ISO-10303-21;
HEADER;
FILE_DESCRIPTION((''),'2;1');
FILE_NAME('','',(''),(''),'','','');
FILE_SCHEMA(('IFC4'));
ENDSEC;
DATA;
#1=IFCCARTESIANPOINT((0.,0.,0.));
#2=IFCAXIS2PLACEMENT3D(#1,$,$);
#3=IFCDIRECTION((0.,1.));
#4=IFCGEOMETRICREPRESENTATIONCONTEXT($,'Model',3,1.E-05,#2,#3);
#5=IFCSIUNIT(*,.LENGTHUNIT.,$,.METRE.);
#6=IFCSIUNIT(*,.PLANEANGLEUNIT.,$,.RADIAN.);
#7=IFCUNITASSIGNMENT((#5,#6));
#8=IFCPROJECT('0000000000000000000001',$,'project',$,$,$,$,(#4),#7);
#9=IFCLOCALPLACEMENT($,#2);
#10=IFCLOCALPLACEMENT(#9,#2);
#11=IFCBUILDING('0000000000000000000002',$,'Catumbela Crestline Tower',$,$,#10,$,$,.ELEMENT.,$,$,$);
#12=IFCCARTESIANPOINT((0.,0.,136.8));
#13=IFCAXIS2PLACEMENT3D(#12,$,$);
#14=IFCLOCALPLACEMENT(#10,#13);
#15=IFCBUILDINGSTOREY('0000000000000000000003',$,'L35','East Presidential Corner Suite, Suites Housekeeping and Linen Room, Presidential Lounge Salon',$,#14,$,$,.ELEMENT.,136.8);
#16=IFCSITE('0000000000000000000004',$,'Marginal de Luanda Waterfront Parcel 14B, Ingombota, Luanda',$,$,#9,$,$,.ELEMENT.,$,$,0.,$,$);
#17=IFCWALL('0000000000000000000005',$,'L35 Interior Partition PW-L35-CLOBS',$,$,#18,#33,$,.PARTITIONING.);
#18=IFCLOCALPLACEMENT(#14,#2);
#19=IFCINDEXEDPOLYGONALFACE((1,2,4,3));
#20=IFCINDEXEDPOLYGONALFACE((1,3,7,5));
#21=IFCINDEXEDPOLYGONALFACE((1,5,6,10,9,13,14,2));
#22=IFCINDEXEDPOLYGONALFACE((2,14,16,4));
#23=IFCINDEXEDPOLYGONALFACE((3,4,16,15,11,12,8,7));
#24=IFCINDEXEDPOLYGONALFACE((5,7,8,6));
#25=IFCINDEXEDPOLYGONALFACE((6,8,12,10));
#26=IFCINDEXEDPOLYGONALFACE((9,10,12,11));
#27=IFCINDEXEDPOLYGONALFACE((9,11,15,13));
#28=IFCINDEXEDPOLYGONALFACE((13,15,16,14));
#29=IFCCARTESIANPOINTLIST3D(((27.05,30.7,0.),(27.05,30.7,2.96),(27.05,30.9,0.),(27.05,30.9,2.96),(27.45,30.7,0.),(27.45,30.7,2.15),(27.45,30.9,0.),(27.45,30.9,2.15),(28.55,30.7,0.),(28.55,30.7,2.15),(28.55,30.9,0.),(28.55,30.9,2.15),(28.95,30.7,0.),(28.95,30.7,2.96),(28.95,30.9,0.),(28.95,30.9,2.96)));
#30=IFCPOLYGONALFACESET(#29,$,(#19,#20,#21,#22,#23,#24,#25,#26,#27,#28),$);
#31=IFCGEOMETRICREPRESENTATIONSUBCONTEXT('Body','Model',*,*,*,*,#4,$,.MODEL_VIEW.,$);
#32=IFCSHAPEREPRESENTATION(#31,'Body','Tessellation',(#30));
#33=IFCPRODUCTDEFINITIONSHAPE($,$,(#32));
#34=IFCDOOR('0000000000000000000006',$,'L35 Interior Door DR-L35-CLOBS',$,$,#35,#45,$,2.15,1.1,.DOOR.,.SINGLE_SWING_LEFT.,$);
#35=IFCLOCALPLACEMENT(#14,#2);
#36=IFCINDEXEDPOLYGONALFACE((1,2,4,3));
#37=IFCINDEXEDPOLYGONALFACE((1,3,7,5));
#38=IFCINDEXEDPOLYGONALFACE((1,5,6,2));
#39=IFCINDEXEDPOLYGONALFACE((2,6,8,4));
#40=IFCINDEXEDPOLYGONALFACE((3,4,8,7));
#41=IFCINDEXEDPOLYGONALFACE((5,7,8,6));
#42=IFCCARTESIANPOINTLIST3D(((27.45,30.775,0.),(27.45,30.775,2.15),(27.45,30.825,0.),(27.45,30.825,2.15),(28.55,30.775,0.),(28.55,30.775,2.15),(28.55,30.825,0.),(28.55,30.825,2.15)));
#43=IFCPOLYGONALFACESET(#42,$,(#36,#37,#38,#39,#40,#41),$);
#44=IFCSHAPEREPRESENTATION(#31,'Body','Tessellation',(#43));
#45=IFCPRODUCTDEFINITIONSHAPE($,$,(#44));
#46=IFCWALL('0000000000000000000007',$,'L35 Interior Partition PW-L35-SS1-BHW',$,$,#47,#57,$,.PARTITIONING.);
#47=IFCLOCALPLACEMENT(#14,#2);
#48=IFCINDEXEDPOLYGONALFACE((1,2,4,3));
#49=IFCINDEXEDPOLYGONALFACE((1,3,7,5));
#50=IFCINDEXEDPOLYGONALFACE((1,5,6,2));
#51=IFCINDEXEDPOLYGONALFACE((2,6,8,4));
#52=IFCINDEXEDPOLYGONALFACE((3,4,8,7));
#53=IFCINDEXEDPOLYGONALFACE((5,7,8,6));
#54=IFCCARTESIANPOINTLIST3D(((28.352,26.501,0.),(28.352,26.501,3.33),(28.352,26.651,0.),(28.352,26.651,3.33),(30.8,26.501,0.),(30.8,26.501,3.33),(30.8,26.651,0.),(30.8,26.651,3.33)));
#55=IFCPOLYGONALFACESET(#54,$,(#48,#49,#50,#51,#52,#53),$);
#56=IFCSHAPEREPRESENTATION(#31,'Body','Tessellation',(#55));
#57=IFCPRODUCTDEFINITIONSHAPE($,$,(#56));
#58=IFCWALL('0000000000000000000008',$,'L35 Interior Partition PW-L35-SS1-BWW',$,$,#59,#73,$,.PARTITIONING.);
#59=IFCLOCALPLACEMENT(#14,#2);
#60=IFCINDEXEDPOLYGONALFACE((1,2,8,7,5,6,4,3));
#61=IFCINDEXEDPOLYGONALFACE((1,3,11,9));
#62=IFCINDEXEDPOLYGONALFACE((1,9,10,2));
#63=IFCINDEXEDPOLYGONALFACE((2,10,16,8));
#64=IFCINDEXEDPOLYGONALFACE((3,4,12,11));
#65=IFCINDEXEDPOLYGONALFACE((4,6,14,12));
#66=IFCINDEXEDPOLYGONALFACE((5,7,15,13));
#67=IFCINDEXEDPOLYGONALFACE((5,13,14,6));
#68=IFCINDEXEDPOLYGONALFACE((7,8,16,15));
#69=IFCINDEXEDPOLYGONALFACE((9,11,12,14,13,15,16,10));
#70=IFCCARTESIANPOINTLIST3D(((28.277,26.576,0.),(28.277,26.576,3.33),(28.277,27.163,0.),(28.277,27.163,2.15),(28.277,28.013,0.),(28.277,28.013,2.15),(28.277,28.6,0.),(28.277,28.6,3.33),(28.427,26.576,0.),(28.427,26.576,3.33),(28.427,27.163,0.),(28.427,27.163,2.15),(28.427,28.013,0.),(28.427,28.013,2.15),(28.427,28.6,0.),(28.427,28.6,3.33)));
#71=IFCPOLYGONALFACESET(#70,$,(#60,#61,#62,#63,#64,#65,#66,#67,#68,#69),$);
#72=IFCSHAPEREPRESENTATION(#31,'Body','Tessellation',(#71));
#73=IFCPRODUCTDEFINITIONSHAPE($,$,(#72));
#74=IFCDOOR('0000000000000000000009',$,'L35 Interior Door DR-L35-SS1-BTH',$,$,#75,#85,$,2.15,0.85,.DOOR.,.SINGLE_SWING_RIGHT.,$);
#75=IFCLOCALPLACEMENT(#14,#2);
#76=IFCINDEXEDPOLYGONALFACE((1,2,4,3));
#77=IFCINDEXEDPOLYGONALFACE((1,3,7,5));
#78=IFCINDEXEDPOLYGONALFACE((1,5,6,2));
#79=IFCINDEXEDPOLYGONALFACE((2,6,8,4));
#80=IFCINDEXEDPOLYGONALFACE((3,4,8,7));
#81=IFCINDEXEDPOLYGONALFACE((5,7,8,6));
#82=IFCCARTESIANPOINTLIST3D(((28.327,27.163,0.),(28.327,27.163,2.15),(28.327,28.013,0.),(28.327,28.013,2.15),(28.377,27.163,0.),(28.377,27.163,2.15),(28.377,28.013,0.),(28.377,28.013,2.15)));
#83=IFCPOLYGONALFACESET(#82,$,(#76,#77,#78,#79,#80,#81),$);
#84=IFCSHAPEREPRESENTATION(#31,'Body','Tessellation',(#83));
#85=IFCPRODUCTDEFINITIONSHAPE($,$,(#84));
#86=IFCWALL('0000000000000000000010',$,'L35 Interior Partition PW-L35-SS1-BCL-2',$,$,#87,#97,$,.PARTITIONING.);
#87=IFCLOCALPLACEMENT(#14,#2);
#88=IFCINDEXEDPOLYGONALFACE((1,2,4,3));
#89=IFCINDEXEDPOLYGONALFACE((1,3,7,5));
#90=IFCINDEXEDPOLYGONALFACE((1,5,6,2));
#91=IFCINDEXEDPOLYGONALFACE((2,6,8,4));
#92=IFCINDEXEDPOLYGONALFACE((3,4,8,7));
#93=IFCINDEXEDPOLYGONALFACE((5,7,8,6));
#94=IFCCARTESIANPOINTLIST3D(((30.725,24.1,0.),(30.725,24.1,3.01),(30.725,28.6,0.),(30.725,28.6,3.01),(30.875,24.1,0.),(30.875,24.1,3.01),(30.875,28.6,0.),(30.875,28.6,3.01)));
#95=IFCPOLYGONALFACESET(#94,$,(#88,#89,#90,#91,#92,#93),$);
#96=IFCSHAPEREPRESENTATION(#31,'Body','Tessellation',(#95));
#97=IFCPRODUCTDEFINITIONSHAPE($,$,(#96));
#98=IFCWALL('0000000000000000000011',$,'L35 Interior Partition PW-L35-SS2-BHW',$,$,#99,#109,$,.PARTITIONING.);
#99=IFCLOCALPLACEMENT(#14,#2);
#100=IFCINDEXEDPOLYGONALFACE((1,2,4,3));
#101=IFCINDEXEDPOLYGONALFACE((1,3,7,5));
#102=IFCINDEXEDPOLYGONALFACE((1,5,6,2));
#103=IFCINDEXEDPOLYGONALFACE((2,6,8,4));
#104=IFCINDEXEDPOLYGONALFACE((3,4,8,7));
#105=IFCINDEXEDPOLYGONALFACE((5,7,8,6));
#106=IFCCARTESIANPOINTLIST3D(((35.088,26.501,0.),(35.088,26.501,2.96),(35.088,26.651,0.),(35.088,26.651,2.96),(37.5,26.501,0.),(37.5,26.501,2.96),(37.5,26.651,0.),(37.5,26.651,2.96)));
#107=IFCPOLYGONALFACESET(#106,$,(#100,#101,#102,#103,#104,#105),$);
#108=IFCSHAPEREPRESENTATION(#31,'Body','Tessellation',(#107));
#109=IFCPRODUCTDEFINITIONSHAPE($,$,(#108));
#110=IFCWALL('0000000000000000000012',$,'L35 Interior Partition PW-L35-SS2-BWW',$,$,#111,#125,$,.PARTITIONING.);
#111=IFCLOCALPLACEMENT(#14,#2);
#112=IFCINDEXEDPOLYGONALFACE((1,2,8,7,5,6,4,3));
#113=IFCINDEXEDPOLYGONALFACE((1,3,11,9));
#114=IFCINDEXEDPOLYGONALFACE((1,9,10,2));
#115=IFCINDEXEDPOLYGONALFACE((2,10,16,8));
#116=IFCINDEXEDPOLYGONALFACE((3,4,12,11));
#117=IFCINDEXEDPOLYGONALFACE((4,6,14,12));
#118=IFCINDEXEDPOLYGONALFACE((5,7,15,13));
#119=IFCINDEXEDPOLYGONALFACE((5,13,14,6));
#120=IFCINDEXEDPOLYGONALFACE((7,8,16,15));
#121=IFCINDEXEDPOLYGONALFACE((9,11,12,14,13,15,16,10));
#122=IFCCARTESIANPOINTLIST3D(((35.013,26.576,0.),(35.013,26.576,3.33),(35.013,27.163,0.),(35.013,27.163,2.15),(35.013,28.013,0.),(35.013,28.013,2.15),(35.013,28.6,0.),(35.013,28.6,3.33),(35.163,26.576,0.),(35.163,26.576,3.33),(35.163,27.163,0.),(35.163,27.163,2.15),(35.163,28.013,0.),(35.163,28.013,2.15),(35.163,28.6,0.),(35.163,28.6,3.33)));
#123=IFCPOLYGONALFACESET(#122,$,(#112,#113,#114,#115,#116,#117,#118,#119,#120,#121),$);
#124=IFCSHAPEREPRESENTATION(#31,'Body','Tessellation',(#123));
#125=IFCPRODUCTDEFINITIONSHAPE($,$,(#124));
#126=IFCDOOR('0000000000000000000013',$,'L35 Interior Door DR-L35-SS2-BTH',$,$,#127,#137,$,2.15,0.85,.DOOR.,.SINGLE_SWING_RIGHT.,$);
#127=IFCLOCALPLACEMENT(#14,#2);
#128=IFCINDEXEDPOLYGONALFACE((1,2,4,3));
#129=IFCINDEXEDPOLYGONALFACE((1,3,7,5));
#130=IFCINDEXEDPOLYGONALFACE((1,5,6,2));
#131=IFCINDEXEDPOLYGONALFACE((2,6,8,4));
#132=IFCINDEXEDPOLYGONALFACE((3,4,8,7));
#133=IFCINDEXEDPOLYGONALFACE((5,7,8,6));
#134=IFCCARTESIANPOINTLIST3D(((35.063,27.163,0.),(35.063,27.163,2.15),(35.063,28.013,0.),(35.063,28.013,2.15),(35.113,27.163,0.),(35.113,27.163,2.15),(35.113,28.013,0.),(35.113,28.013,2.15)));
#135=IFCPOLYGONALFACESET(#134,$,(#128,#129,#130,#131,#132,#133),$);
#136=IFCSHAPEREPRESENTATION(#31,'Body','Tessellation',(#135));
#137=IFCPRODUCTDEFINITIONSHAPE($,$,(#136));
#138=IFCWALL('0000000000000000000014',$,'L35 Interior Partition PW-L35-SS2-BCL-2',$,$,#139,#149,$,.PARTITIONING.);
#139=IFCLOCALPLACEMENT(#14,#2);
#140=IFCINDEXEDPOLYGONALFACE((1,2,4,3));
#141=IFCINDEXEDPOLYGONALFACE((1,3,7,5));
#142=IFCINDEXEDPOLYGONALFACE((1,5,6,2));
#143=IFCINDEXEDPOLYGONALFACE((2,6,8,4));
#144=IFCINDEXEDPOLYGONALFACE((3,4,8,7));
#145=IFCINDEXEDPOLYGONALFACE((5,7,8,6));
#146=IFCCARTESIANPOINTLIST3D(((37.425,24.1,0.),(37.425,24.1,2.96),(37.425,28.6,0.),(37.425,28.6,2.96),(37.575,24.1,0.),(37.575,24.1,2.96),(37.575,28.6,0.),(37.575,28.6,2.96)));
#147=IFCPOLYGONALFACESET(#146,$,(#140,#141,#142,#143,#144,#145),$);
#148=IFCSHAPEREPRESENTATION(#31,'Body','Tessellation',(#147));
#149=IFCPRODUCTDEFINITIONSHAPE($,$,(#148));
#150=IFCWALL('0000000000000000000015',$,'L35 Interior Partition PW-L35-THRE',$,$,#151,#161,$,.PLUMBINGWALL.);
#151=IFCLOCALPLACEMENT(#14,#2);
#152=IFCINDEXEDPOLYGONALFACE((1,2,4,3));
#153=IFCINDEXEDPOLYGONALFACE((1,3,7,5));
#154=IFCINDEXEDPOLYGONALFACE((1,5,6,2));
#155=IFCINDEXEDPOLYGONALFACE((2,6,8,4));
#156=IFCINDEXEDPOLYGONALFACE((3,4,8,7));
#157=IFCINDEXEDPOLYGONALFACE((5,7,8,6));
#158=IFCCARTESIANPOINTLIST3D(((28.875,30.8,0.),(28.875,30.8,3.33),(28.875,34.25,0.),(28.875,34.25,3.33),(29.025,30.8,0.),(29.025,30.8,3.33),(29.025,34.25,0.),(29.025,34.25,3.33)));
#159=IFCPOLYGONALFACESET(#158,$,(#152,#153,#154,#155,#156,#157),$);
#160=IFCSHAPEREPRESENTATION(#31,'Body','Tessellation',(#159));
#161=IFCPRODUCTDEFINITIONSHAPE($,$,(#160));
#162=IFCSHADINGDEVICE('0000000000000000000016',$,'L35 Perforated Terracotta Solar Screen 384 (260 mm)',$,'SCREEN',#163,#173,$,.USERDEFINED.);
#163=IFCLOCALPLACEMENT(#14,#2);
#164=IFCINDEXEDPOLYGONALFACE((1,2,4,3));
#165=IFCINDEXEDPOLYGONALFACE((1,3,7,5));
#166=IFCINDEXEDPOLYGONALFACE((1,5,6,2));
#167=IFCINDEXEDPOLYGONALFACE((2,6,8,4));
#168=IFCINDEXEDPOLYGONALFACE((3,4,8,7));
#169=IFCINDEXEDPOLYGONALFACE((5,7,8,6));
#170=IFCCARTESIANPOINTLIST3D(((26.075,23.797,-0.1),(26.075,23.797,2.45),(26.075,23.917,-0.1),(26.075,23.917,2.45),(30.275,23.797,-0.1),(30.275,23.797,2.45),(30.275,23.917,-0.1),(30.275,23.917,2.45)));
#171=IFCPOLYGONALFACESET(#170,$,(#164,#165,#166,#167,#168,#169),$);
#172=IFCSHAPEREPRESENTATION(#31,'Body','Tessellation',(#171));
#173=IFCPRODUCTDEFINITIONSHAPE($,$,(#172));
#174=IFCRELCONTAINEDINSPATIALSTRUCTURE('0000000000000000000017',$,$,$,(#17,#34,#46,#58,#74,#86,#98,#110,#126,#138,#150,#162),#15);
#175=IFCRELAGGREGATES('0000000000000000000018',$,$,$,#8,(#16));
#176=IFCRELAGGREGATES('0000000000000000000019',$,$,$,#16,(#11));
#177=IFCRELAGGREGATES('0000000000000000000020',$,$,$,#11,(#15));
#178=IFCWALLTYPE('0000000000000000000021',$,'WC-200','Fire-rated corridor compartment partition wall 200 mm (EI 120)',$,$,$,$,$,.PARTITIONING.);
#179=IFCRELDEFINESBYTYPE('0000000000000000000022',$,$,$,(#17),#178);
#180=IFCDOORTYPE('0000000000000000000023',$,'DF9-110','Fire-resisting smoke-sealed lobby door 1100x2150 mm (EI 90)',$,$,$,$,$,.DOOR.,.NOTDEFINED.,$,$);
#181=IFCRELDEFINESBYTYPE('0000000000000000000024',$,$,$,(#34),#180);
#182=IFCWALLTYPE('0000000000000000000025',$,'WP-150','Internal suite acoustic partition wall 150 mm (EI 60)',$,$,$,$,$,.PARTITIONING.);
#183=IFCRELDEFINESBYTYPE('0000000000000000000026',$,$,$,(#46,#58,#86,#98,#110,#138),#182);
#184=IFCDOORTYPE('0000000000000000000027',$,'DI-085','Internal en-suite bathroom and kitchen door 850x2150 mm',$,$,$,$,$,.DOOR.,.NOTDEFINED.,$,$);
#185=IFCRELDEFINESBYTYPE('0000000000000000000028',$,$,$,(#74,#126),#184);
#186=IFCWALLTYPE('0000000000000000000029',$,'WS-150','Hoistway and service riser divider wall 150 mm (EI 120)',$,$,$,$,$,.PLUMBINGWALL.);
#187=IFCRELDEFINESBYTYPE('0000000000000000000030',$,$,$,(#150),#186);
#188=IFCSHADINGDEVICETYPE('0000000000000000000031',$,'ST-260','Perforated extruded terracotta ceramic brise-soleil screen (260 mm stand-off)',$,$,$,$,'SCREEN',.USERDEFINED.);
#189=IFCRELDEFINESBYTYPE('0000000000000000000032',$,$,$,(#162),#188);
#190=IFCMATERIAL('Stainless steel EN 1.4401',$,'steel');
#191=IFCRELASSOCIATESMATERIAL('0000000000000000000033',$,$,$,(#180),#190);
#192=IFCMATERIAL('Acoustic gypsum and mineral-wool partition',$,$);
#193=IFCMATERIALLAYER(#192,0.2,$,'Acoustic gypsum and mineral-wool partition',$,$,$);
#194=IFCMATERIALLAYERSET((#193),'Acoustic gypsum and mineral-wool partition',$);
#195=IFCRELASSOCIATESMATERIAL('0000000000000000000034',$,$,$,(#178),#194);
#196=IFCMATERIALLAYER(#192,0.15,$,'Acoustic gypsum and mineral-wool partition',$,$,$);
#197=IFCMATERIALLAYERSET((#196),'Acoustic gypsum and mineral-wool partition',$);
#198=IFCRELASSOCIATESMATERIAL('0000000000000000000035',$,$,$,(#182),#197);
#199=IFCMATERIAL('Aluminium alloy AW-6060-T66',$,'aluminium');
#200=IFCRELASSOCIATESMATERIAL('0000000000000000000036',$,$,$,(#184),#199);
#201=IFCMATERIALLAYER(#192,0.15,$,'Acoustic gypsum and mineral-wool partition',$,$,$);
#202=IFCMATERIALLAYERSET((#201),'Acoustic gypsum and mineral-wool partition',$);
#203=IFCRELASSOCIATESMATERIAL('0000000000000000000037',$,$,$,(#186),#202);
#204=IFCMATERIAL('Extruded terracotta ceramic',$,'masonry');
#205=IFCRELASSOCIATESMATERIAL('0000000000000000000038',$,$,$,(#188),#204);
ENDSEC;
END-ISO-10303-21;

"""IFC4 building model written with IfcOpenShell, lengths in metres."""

from ifc_helpers import new_model, si_unit, direction, frame, frame_2d, origin, origin_2d, place, context, subcontext, project, spatial, rectangle, extrude, material, layer, layer_set, type_object, element, fill, save


model = new_model("IFC4")

# Units and contexts
model_context = context("Model", 3, precision=1e-05, world=origin(), true_north=direction((0.0, 1.0)))
body_context = subcontext(model_context, "Body", "Model", "MODEL_VIEW")
ifc_project = project(units=[si_unit("LENGTHUNIT", "METRE"), si_unit("PLANEANGLEUNIT", "RADIAN")], contexts=[model_context])

# Site, building, storey
site_placement = place(None, origin())
site = spatial("IfcSite", under=ifc_project, at=site_placement, Name="Marginal de Luanda Waterfront Parcel 14B, Ingombota, Luanda", CompositionType="ELEMENT", RefElevation=0.0)
building_placement = place(site_placement, origin())
building = spatial("IfcBuilding", under=site, at=building_placement, Name="Catumbela Crestline Tower", CompositionType="ELEMENT")
storey_placement = place(building_placement, frame((0.0, 0.0, 136.8)))
storey = spatial("IfcBuildingStorey", under=building, at=storey_placement, Name="L35", Description="East Presidential Corner Suite, Suites Housekeeping and Linen Room, Presidential Lounge Salon", CompositionType="ELEMENT", Elevation=136.8)

# Shared definitions
ifc_material_1 = material(Name="Aluminium alloy AW-6060-T66", Category="aluminium")

# Wall, opening, door
ifc_material_2 = material(Name="Stainless steel EN 1.4401", Category="steel")
door_type_1 = type_object("IfcDoorType", Name="DF9-110", Description="Fire-resisting smoke-sealed lobby door 1100x2150 mm (EI 90)", OperationType="NOTDEFINED", PredefinedType="DOOR", material=ifc_material_2)
ifc_material_3 = material(Name="Acoustic gypsum and mineral-wool partition")
ifc_layer_1 = layer(ifc_material_3, 0.2, Name="Acoustic gypsum and mineral-wool partition")
ifc_layer_set_1 = layer_set([ifc_layer_1], Name="Acoustic gypsum and mineral-wool partition")
wall_type_1 = type_object("IfcWallType", Name="WC-200", Description="Fire-rated corridor compartment partition wall 200 mm (EI 120)", PredefinedType="PARTITIONING", material=ifc_layer_set_1)
wall_1_placement = place(storey_placement, frame((27.05, 30.8, 0.0), z_axis=(0.0, 0.0, 1.0), x_axis=(1.0, 0.0, 0.0)))
wall_1 = element("IfcWall", 1, at=wall_1_placement, inside=storey, type_object=wall_type_1, Name="L35 Interior Partition PW-L35-CLOBS", PredefinedType="PARTITIONING", context=body_context, shape_type="SweptSolid", body=[
    extrude(rectangle(XDim=1.9, YDim=0.2, at=frame_2d((0.95, 0.0))), origin(), (0.0, 0.0, 1.0), 2.96),
])
opening_1_placement = place(wall_1_placement, frame((0.4, 0.0, 0.0)))
opening_1 = element("IfcOpeningElement", 2, at=opening_1_placement, cuts=wall_1, PredefinedType="OPENING", context=body_context, shape_type="SweptSolid", body=[
    extrude(rectangle(XDim=1.1, YDim=2.15, at=frame_2d((0.55, 1.075))), frame((0.0, 0.11, 0.0), z_axis=(0.0, -1.0, 0.0), x_axis=(1.0, 0.0, 0.0)), (0.0, 0.0, 1.0), 0.22),
])
door_1_placement = place(opening_1_placement, origin())
door_1 = element("IfcDoor", 3, at=door_1_placement, inside=storey, type_object=door_type_1, Name="L35 Interior Door DR-L35-CLOBS", OperationType="SINGLE_SWING_LEFT", OverallHeight=2.15, OverallWidth=1.1, PredefinedType="DOOR", context=body_context, shape_type="SweptSolid", body=[
    extrude(rectangle(XDim=1.1, YDim=2.15, at=frame_2d((0.55, 1.075))), frame((0.0, 0.025, 0.0), z_axis=(0.0, -1.0, 0.0), x_axis=(1.0, 0.0, 0.0)), (0.0, 0.0, 1.0), 0.05),
])
fill(opening_1, door_1)

# Wall
ifc_layer_2 = layer(ifc_material_3, 0.15, Name="Acoustic gypsum and mineral-wool partition")
ifc_layer_set_2 = layer_set([ifc_layer_2], Name="Acoustic gypsum and mineral-wool partition")
wall_type_2 = type_object("IfcWallType", Name="WP-150", Description="Internal suite acoustic partition wall 150 mm (EI 60)", PredefinedType="PARTITIONING", material=ifc_layer_set_2)
wall_2_placement = place(storey_placement, frame((28.352, 26.576, 0.0), z_axis=(0.0, 0.0, 1.0), x_axis=(1.0, 0.0, 0.0)))
element("IfcWall", 4, at=wall_2_placement, inside=storey, type_object=wall_type_2, Name="L35 Interior Partition PW-L35-SS1-BHW", PredefinedType="PARTITIONING", context=body_context, shape_type="SweptSolid", body=[
    extrude(rectangle(XDim=2.448, YDim=0.15, at=frame_2d((1.224, 0.0))), origin(), (0.0, 0.0, 1.0), 3.33),
])

# Wall, opening, door
wall_3_placement = place(storey_placement, frame((28.352, 26.576, 0.0), z_axis=(0.0, 0.0, 1.0), x_axis=(0.0, 1.0, 0.0)))
wall_3 = element("IfcWall", 5, at=wall_3_placement, inside=storey, type_object=wall_type_2, Name="L35 Interior Partition PW-L35-SS1-BWW", PredefinedType="PARTITIONING", context=body_context, shape_type="SweptSolid", body=[
    extrude(rectangle(XDim=2.024, YDim=0.15, at=frame_2d((1.012, 0.0))), origin(), (0.0, 0.0, 1.0), 3.33),
])
opening_2_placement = place(wall_3_placement, frame((0.587, 0.0, 0.0)))
opening_2 = element("IfcOpeningElement", 6, at=opening_2_placement, cuts=wall_3, PredefinedType="OPENING", context=body_context, shape_type="SweptSolid", body=[
    extrude(rectangle(XDim=0.85, YDim=2.15, at=frame_2d((0.425, 1.075))), frame((0.0, 0.085, 0.0), z_axis=(0.0, -1.0, 0.0), x_axis=(1.0, 0.0, 0.0)), (0.0, 0.0, 1.0), 0.17),
])
door_type_2 = type_object("IfcDoorType", Name="DI-085", Description="Internal en-suite bathroom and kitchen door 850x2150 mm", OperationType="NOTDEFINED", PredefinedType="DOOR", material=ifc_material_1)
door_2_placement = place(opening_2_placement, origin())
door_2 = element("IfcDoor", 7, at=door_2_placement, inside=storey, type_object=door_type_2, Name="L35 Interior Door DR-L35-SS1-BTH", OperationType="SINGLE_SWING_RIGHT", OverallHeight=2.15, OverallWidth=0.85, PredefinedType="DOOR", context=body_context, shape_type="SweptSolid", body=[
    extrude(rectangle(XDim=0.85, YDim=2.15, at=frame_2d((0.425, 1.075))), frame((0.0, 0.025, 0.0), z_axis=(0.0, -1.0, 0.0), x_axis=(1.0, 0.0, 0.0)), (0.0, 0.0, 1.0), 0.05),
])
fill(opening_2, door_2)

# Walls
wall_4_placement = place(storey_placement, frame((30.8, 28.6, 0.0), z_axis=(0.0, 0.0, 1.0), x_axis=(0.0, -1.0, 0.0)))
element("IfcWall", 8, at=wall_4_placement, inside=storey, type_object=wall_type_2, Name="L35 Interior Partition PW-L35-SS1-BCL-2", PredefinedType="PARTITIONING", context=body_context, shape_type="SweptSolid", body=[
    extrude(rectangle(XDim=4.5, YDim=0.15, at=frame_2d((2.25, 0.0))), origin(), (0.0, 0.0, 1.0), 3.01),
])
wall_5_placement = place(storey_placement, frame((35.088, 26.576, 0.0), z_axis=(0.0, 0.0, 1.0), x_axis=(1.0, 0.0, 0.0)))
element("IfcWall", 9, at=wall_5_placement, inside=storey, type_object=wall_type_2, Name="L35 Interior Partition PW-L35-SS2-BHW", PredefinedType="PARTITIONING", context=body_context, shape_type="SweptSolid", body=[
    extrude(rectangle(XDim=2.412, YDim=0.15, at=frame_2d((1.206, 0.0))), origin(), (0.0, 0.0, 1.0), 2.96),
])

# Wall, opening, door
wall_6_placement = place(storey_placement, frame((35.088, 26.576, 0.0), z_axis=(0.0, 0.0, 1.0), x_axis=(0.0, 1.0, 0.0)))
wall_6 = element("IfcWall", 10, at=wall_6_placement, inside=storey, type_object=wall_type_2, Name="L35 Interior Partition PW-L35-SS2-BWW", PredefinedType="PARTITIONING", context=body_context, shape_type="SweptSolid", body=[
    extrude(rectangle(XDim=2.024, YDim=0.15, at=frame_2d((1.012, 0.0))), origin(), (0.0, 0.0, 1.0), 3.33),
])
opening_3_placement = place(wall_6_placement, frame((0.587, 0.0, 0.0)))
opening_3 = element("IfcOpeningElement", 11, at=opening_3_placement, cuts=wall_6, PredefinedType="OPENING", context=body_context, shape_type="SweptSolid", body=[
    extrude(rectangle(XDim=0.85, YDim=2.15, at=frame_2d((0.425, 1.075))), frame((0.0, 0.085, 0.0), z_axis=(0.0, -1.0, 0.0), x_axis=(1.0, 0.0, 0.0)), (0.0, 0.0, 1.0), 0.17),
])
door_3_placement = place(opening_3_placement, origin())
door_3 = element("IfcDoor", 12, at=door_3_placement, inside=storey, type_object=door_type_2, Name="L35 Interior Door DR-L35-SS2-BTH", OperationType="SINGLE_SWING_RIGHT", OverallHeight=2.15, OverallWidth=0.85, PredefinedType="DOOR", context=body_context, shape_type="SweptSolid", body=[
    extrude(rectangle(XDim=0.85, YDim=2.15, at=frame_2d((0.425, 1.075))), frame((0.0, 0.025, 0.0), z_axis=(0.0, -1.0, 0.0), x_axis=(1.0, 0.0, 0.0)), (0.0, 0.0, 1.0), 0.05),
])
fill(opening_3, door_3)

# Walls
wall_7_placement = place(storey_placement, frame((37.5, 28.6, 0.0), z_axis=(0.0, 0.0, 1.0), x_axis=(0.0, -1.0, 0.0)))
element("IfcWall", 13, at=wall_7_placement, inside=storey, type_object=wall_type_2, Name="L35 Interior Partition PW-L35-SS2-BCL-2", PredefinedType="PARTITIONING", context=body_context, shape_type="SweptSolid", body=[
    extrude(rectangle(XDim=4.5, YDim=0.15, at=frame_2d((2.25, 0.0))), origin(), (0.0, 0.0, 1.0), 2.96),
])
ifc_layer_3 = layer(ifc_material_3, 0.15, Name="Acoustic gypsum and mineral-wool partition")
ifc_layer_set_3 = layer_set([ifc_layer_3], Name="Acoustic gypsum and mineral-wool partition")
wall_type_3 = type_object("IfcWallType", Name="WS-150", Description="Hoistway and service riser divider wall 150 mm (EI 120)", PredefinedType="PLUMBINGWALL", material=ifc_layer_set_3)
wall_8_placement = place(storey_placement, frame((28.95, 30.8, 0.0), z_axis=(0.0, 0.0, 1.0), x_axis=(0.0, 1.0, 0.0)))
element("IfcWall", 14, at=wall_8_placement, inside=storey, type_object=wall_type_3, Name="L35 Interior Partition PW-L35-THRE", PredefinedType="PLUMBINGWALL", context=body_context, shape_type="SweptSolid", body=[
    extrude(rectangle(XDim=3.45, YDim=0.15, at=frame_2d((1.725, 0.0))), origin(), (0.0, 0.0, 1.0), 3.33),
])

# Shading device
ifc_material_4 = material(Name="Extruded terracotta ceramic", Category="masonry")
shading_device_type_1 = type_object("IfcShadingDeviceType", Name="ST-260", Description="Perforated extruded terracotta ceramic brise-soleil screen (260 mm stand-off)", ElementType="SCREEN", PredefinedType="USERDEFINED", material=ifc_material_4)
shading_device_1_placement = place(storey_placement, frame((28.175, 23.857, -0.1), z_axis=(0.0, 0.0, 1.0), x_axis=(1.0, 0.0, 0.0)))
element("IfcShadingDevice", 15, at=shading_device_1_placement, inside=storey, type_object=shading_device_type_1, Name="L35 Perforated Terracotta Solar Screen 384 (260 mm)", ObjectType="SCREEN", PredefinedType="USERDEFINED", context=body_context, shape_type="SweptSolid", body=[
    extrude(rectangle(XDim=4.2, YDim=0.12, at=origin_2d()), origin(), (0.0, 0.0, 1.0), 2.55),
])

save(model, "model.ifc")
